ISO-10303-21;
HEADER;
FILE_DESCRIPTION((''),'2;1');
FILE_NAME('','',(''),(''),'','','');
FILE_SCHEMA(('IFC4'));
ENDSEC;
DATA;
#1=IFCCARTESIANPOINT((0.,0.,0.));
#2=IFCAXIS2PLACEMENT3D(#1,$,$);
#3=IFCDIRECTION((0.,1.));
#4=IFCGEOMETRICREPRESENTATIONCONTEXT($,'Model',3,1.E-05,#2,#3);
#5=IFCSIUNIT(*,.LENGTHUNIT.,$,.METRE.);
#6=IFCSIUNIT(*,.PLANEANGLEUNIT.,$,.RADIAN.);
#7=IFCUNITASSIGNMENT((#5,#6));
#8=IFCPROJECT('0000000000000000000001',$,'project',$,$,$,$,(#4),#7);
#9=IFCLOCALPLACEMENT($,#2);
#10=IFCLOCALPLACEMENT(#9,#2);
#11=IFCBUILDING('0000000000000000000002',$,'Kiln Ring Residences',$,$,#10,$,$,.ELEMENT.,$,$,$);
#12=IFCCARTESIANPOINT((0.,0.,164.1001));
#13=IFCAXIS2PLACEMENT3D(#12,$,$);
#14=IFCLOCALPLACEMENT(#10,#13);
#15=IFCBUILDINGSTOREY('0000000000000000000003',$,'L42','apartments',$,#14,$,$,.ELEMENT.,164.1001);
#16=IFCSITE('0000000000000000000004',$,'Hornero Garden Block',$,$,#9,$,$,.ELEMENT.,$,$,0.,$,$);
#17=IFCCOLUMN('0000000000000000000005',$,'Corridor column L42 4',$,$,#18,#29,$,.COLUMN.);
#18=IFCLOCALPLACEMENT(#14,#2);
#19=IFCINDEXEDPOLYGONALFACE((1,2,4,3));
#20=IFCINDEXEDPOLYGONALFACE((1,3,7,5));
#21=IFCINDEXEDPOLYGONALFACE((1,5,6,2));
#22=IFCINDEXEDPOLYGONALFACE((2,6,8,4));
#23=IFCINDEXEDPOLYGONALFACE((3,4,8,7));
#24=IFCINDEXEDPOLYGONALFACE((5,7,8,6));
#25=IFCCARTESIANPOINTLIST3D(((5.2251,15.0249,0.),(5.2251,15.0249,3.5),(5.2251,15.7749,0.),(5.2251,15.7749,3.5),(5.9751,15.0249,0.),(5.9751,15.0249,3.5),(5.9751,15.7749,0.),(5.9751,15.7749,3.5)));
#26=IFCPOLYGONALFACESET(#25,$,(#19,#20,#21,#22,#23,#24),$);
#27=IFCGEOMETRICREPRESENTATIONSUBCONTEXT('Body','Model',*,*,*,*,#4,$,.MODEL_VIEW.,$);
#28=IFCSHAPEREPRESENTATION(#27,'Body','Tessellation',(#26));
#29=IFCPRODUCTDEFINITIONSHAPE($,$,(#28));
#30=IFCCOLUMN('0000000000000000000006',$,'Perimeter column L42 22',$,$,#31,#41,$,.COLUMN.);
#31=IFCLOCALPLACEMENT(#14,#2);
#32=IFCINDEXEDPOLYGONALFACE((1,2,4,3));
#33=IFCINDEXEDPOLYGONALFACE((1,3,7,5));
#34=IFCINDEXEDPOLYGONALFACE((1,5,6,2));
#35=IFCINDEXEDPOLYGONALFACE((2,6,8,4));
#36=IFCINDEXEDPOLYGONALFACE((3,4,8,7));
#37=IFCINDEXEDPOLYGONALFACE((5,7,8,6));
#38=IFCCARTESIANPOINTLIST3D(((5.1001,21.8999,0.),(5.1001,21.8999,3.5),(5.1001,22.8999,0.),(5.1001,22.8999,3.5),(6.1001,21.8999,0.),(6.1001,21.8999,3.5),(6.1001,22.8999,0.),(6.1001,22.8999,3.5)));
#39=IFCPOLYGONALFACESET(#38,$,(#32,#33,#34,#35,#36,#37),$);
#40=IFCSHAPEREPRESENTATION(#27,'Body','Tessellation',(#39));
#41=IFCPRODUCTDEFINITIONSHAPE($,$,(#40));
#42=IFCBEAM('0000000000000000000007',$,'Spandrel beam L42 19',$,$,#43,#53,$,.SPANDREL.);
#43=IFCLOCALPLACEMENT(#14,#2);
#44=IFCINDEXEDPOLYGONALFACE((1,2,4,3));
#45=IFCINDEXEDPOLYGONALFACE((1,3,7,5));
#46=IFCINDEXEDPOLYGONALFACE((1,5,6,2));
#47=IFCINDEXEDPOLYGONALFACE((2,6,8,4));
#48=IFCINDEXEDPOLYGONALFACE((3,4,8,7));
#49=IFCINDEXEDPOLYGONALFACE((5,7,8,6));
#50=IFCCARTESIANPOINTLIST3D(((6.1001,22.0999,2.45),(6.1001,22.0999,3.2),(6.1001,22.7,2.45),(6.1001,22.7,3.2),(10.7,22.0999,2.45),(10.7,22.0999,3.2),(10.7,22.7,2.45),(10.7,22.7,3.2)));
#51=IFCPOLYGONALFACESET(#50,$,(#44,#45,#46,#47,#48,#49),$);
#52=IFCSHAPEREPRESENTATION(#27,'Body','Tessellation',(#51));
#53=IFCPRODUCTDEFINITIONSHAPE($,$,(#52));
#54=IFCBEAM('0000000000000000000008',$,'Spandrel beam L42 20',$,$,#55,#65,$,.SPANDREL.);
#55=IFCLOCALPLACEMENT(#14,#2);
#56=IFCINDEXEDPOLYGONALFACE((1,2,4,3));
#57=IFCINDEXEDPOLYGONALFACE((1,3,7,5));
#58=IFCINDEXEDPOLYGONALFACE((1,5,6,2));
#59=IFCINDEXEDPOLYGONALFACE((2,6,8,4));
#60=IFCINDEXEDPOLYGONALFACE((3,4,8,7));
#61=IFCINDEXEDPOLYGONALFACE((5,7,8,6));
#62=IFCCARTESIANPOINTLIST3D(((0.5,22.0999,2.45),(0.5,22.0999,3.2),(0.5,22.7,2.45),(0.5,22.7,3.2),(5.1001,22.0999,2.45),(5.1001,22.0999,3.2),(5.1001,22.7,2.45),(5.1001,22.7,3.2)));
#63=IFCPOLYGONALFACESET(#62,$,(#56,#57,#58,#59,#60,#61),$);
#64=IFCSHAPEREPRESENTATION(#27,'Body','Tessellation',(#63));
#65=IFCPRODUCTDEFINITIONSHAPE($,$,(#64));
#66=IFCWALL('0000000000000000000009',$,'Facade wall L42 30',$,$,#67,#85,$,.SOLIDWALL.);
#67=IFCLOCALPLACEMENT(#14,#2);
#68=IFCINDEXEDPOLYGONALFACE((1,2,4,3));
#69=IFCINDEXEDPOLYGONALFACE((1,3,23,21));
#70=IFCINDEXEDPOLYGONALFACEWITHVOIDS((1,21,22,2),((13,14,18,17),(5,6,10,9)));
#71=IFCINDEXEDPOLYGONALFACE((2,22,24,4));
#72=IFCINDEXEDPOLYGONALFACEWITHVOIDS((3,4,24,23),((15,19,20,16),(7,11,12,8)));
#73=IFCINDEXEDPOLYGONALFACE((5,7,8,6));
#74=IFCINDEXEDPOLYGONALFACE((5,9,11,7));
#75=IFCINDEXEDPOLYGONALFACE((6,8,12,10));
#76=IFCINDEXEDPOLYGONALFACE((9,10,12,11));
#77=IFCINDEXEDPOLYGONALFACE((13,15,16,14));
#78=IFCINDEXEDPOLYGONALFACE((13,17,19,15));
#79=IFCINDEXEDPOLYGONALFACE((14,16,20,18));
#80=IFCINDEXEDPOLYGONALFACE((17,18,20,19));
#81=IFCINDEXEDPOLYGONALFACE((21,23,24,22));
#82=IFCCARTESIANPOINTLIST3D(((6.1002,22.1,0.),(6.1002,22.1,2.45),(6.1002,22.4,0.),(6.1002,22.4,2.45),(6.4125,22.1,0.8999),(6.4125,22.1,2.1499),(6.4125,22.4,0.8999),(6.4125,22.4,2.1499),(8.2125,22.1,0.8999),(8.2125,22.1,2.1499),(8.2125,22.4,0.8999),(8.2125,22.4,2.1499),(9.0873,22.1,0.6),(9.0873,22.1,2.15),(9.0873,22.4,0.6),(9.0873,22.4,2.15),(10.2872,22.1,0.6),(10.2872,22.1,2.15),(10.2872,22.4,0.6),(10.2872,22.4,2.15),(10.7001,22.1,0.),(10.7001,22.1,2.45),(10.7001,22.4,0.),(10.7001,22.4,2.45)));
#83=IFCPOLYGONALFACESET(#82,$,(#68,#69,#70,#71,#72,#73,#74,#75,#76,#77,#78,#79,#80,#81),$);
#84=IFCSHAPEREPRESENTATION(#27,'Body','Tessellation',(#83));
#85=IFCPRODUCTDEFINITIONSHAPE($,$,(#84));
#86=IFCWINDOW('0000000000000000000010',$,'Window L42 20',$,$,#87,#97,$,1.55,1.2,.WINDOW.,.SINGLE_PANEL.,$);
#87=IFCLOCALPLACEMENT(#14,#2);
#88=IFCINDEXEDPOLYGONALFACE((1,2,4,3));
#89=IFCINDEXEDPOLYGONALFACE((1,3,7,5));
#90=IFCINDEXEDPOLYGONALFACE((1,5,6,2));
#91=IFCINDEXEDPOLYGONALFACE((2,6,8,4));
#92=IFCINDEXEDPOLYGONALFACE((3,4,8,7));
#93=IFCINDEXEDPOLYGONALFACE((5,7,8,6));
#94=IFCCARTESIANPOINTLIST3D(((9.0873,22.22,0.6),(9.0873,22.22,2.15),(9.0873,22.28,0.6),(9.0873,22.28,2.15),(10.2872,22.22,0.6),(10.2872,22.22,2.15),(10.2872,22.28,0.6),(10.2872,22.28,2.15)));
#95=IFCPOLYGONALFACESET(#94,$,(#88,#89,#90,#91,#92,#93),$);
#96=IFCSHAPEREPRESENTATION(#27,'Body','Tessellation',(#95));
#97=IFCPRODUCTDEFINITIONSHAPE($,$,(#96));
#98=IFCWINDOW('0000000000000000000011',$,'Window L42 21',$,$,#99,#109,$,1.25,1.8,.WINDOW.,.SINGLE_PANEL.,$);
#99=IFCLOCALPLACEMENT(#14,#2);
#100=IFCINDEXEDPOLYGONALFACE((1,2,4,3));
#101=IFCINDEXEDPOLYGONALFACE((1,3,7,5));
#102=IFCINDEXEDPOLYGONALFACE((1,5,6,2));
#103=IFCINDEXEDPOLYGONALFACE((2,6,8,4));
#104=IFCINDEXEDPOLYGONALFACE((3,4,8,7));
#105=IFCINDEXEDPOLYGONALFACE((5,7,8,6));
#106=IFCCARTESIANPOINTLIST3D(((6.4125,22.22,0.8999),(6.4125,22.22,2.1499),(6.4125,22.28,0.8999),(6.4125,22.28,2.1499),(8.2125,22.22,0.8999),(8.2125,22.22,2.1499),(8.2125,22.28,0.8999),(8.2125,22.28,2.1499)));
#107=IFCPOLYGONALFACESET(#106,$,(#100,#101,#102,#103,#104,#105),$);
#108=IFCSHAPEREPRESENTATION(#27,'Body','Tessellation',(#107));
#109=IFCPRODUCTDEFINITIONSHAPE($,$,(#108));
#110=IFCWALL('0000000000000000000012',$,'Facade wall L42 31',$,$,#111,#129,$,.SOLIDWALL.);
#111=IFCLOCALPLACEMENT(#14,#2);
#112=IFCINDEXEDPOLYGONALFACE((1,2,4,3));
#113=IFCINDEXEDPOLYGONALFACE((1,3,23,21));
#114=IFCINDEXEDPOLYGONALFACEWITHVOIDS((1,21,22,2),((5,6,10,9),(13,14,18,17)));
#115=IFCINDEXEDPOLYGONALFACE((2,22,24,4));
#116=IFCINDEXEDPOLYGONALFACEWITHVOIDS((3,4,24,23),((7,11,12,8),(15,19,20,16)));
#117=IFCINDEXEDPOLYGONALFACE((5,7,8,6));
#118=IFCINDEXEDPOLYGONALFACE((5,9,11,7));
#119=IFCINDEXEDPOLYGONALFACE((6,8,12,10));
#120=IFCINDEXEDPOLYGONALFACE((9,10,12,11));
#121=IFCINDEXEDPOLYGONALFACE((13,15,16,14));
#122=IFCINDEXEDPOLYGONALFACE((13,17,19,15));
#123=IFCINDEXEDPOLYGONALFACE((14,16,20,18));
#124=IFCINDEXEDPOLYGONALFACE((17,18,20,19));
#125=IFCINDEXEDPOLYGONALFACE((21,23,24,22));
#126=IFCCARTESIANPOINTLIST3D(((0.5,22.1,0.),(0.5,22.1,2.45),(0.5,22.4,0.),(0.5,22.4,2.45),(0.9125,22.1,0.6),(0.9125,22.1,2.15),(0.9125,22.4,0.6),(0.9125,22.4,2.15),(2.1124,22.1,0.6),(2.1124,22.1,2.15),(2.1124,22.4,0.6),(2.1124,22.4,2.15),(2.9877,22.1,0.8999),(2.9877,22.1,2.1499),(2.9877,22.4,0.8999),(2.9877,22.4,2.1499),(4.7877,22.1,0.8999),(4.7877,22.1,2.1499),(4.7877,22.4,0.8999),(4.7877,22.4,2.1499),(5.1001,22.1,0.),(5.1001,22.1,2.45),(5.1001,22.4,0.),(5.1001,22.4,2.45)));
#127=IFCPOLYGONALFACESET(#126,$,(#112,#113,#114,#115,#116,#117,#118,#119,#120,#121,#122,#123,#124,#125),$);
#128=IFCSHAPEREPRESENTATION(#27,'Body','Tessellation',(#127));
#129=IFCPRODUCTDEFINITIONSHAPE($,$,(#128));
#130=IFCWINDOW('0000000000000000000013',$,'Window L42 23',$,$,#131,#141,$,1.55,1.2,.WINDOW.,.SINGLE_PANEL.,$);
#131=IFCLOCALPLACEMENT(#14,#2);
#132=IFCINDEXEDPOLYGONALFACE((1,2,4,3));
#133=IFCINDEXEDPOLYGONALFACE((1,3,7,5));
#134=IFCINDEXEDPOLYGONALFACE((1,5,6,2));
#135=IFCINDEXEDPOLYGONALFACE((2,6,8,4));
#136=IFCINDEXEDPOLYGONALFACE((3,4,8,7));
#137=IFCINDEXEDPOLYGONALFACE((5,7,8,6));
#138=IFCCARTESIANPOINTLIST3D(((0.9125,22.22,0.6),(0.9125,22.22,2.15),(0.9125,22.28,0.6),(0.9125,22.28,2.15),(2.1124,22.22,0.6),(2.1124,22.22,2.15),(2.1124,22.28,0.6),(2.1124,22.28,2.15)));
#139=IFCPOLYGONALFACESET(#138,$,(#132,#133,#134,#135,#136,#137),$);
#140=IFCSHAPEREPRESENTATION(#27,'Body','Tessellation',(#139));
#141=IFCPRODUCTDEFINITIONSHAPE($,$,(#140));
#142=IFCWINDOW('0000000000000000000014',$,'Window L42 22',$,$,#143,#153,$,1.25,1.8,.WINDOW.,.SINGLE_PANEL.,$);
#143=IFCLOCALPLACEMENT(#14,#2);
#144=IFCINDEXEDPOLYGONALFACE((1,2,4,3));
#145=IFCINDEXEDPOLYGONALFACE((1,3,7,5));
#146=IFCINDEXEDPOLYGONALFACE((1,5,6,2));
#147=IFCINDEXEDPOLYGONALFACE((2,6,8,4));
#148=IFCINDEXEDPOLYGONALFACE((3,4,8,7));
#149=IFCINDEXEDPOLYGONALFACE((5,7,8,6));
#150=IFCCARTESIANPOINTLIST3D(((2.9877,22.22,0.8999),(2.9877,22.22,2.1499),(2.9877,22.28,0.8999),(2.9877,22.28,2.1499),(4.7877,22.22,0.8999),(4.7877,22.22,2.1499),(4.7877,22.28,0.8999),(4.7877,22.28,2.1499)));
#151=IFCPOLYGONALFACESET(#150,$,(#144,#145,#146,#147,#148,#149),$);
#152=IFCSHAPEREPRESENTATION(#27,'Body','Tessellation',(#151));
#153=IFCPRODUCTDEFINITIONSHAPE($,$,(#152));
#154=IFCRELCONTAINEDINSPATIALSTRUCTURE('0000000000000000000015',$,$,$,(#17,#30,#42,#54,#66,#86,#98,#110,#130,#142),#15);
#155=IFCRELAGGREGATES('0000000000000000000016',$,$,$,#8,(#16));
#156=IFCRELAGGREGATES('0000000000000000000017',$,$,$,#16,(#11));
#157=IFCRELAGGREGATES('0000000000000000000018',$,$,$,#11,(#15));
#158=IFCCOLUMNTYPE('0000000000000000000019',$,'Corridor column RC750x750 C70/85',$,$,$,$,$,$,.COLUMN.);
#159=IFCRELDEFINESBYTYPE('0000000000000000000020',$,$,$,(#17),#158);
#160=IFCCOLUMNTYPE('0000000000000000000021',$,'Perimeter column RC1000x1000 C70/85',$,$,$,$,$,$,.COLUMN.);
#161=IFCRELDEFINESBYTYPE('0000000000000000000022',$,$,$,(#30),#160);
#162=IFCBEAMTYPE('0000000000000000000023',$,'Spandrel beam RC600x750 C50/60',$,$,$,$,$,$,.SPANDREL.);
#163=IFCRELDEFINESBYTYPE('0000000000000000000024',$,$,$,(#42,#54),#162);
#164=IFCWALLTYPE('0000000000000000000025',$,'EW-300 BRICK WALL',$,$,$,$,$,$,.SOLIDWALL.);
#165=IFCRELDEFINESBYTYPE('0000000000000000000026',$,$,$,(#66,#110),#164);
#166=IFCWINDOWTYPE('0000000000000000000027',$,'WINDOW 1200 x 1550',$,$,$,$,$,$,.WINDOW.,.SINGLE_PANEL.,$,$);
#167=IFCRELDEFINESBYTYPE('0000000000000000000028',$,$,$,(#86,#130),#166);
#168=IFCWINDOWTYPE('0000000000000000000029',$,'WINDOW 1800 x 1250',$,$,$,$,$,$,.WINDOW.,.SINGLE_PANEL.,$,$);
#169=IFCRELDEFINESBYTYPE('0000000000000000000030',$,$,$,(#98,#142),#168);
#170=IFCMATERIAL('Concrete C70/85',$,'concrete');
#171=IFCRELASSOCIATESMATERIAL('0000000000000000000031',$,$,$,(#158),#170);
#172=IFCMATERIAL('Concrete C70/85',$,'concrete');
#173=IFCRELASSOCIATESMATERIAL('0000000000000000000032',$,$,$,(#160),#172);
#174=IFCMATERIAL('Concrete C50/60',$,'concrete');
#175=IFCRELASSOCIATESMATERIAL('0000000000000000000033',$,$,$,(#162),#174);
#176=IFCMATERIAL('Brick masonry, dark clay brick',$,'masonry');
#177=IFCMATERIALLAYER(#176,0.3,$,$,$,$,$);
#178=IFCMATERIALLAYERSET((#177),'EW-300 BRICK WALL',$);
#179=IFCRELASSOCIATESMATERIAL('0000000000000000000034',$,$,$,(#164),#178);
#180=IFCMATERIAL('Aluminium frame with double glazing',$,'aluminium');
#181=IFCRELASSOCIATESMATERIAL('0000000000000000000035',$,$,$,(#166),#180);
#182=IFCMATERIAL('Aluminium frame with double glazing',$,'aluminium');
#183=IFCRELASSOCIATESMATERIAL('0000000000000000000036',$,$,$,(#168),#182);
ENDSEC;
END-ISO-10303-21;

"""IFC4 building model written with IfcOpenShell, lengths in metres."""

from ifc_helpers import new_model, si_unit, direction, frame, frame_2d, origin, origin_2d, place, context, subcontext, project, spatial, rectangle, extrude, material, layer, layer_set, material_profile, profile_set, type_object, element, fill, save


model = new_model("IFC4")

# Units and contexts
model_context = context("Model", 3, precision=1e-05, world=origin(), true_north=direction((0.0, 1.0)))
body_context = subcontext(model_context, "Body", "Model", "MODEL_VIEW")
ifc_project = project(units=[si_unit("LENGTHUNIT", "METRE"), si_unit("PLANEANGLEUNIT", "RADIAN")], contexts=[model_context])

# Site, building, storey
site_placement = place(None, origin())
site = spatial("IfcSite", under=ifc_project, at=site_placement, Name="Hornero Garden Block", CompositionType="ELEMENT", RefElevation=0.0)
building_placement = place(site_placement, origin())
building = spatial("IfcBuilding", under=site, at=building_placement, Name="Kiln Ring Residences", CompositionType="ELEMENT")
storey_placement = place(building_placement, frame((0.0, 0.0, 164.1001)))
storey = spatial("IfcBuildingStorey", under=building, at=storey_placement, Name="L42", Description="apartments", CompositionType="ELEMENT", Elevation=164.1001)

# Columns
ifc_material_1 = material(Name="Concrete C70/85", Category="concrete")
ifc_material_profile_1 = material_profile(ifc_material_1, rectangle(XDim=0.75, YDim=0.75, at=origin_2d()), Name="RC750x750")
ifc_profile_set_1 = profile_set([ifc_material_profile_1], Name="Concrete C70/85")
column_type_1 = type_object("IfcColumnType", Name="Corridor column RC750x750 C70/85", PredefinedType="COLUMN", material=ifc_profile_set_1)
column_1_placement = place(storey_placement, frame((5.6001, 15.3999, 0.0), z_axis=(0.0, 0.0, 1.0), x_axis=(1.0, 0.0, 0.0)))
element("IfcColumn", 1, at=column_1_placement, inside=storey, type_object=column_type_1, Name="Corridor column L42 4", PredefinedType="COLUMN", context=body_context, shape_type="SweptSolid", body=[
    extrude(rectangle(XDim=0.75, YDim=0.75, at=origin_2d()), origin(), (0.0, 0.0, 1.0), 3.5),
])
ifc_material_2 = material(Name="Concrete C70/85", Category="concrete")
ifc_material_profile_2 = material_profile(ifc_material_2, rectangle(XDim=1.0, YDim=1.0, at=origin_2d()), Name="RC1000x1000")
ifc_profile_set_2 = profile_set([ifc_material_profile_2], Name="Concrete C70/85")
column_type_2 = type_object("IfcColumnType", Name="Perimeter column RC1000x1000 C70/85", PredefinedType="COLUMN", material=ifc_profile_set_2)
column_2_placement = place(storey_placement, frame((5.6001, 22.3999, 0.0), z_axis=(0.0, 0.0, 1.0), x_axis=(1.0, 0.0, 0.0)))
element("IfcColumn", 2, at=column_2_placement, inside=storey, type_object=column_type_2, Name="Perimeter column L42 22", PredefinedType="COLUMN", context=body_context, shape_type="SweptSolid", body=[
    extrude(rectangle(XDim=1.0, YDim=1.0, at=origin_2d()), origin(), (0.0, 0.0, 1.0), 3.5),
])

# Beams
ifc_material_3 = material(Name="Concrete C50/60", Category="concrete")
ifc_material_profile_3 = material_profile(ifc_material_3, rectangle(XDim=0.6001, YDim=0.75, at=origin_2d()), Name="RC600x750")
ifc_profile_set_3 = profile_set([ifc_material_profile_3], Name="Concrete C50/60")
beam_type = type_object("IfcBeamType", Name="Spandrel beam RC600x750 C50/60", PredefinedType="SPANDREL", material=ifc_profile_set_3)
beam_1_placement = place(storey_placement, frame((10.7, 22.3999, 2.825), z_axis=(-1.0, 0.0, 0.0), x_axis=(0.0, -1.0, 0.0)))
element("IfcBeam", 3, at=beam_1_placement, inside=storey, type_object=beam_type, Name="Spandrel beam L42 19", PredefinedType="SPANDREL", context=body_context, shape_type="SweptSolid", body=[
    extrude(rectangle(XDim=0.6001, YDim=0.75, at=origin_2d()), origin(), (0.0, 0.0, 1.0), 4.5999),
])
beam_2_placement = place(storey_placement, frame((5.1001, 22.3999, 2.825), z_axis=(-1.0, 0.0, 0.0), x_axis=(0.0, -1.0, 0.0)))
element("IfcBeam", 4, at=beam_2_placement, inside=storey, type_object=beam_type, Name="Spandrel beam L42 20", PredefinedType="SPANDREL", context=body_context, shape_type="SweptSolid", body=[
    extrude(rectangle(XDim=0.6001, YDim=0.75, at=origin_2d()), origin(), (0.0, 0.0, 1.0), 4.6001),
])

# Walls, openings, windows
ifc_material_4 = material(Name="Brick masonry, dark clay brick", Category="masonry")
ifc_layer_1 = layer(ifc_material_4, 0.3)
ifc_layer_set_1 = layer_set([ifc_layer_1], Name="EW-300 BRICK WALL")
wall_type_1 = type_object("IfcWallType", Name="EW-300 BRICK WALL", PredefinedType="SOLIDWALL", material=ifc_layer_set_1)
wall_1_placement = place(storey_placement, frame((10.7, 22.25, 0.0), z_axis=(0.0, 0.0, 1.0), x_axis=(-1.0, 0.0, 0.0)))
wall_1 = element("IfcWall", 5, at=wall_1_placement, inside=storey, type_object=wall_type_1, Name="Facade wall L42 30", PredefinedType="SOLIDWALL", context=body_context, shape_type="SweptSolid", body=[
    extrude(rectangle(XDim=4.5999, YDim=0.3, at=frame_2d((2.2998, 0.0))), origin(), (0.0, 0.0, 1.0), 2.45),
])
opening_1_placement = place(wall_1_placement, frame((0.4126, 0.0, 0.6001)))
opening_1 = element("IfcOpeningElement", 6, at=opening_1_placement, cuts=wall_1, PredefinedType="OPENING", context=body_context, shape_type="SweptSolid", body=[
    extrude(rectangle(XDim=1.2, YDim=1.55, at=frame_2d((0.6001, 0.7749))), frame((0.0, 0.1599, 0.0), z_axis=(0.0, -1.0, 0.0), x_axis=(1.0, 0.0, 0.0)), (0.0, 0.0, 1.0), 0.3201),
])
opening_2_placement = place(wall_1_placement, frame((2.4875, 0.0, 0.8999)))
opening_2 = element("IfcOpeningElement", 7, at=opening_2_placement, cuts=wall_1, PredefinedType="OPENING", context=body_context, shape_type="SweptSolid", body=[
    extrude(rectangle(XDim=1.8, YDim=1.25, at=frame_2d((0.8999, 0.625))), frame((0.0, 0.1599, 0.0), z_axis=(0.0, -1.0, 0.0), x_axis=(1.0, 0.0, 0.0)), (0.0, 0.0, 1.0), 0.3201),
])
ifc_material_5 = material(Name="Aluminium frame with double glazing", Category="aluminium")
window_type_1 = type_object("IfcWindowType", Name="WINDOW 1200 x 1550", PartitioningType="SINGLE_PANEL", PredefinedType="WINDOW", material=ifc_material_5)
window_1_placement = place(opening_1_placement, origin())
window_1 = element("IfcWindow", 8, at=window_1_placement, inside=storey, type_object=window_type_1, Name="Window L42 20", OverallHeight=1.55, OverallWidth=1.2, PartitioningType="SINGLE_PANEL", PredefinedType="WINDOW", context=body_context, shape_type="SweptSolid", body=[
    extrude(rectangle(XDim=1.2, YDim=1.55, at=frame_2d((0.6001, 0.7749))), frame((0.0, 0.03, 0.0), z_axis=(0.0, -1.0, 0.0), x_axis=(1.0, 0.0, 0.0)), (0.0, 0.0, 1.0), 0.0601),
])
fill(opening_1, window_1)
ifc_material_6 = material(Name="Aluminium frame with double glazing", Category="aluminium")
window_type_2 = type_object("IfcWindowType", Name="WINDOW 1800 x 1250", PartitioningType="SINGLE_PANEL", PredefinedType="WINDOW", material=ifc_material_6)
window_2_placement = place(opening_2_placement, origin())
window_2 = element("IfcWindow", 9, at=window_2_placement, inside=storey, type_object=window_type_2, Name="Window L42 21", OverallHeight=1.25, OverallWidth=1.8, PartitioningType="SINGLE_PANEL", PredefinedType="WINDOW", context=body_context, shape_type="SweptSolid", body=[
    extrude(rectangle(XDim=1.8, YDim=1.25, at=frame_2d((0.8999, 0.625))), frame((0.0, 0.03, 0.0), z_axis=(0.0, -1.0, 0.0), x_axis=(1.0, 0.0, 0.0)), (0.0, 0.0, 1.0), 0.0601),
])
fill(opening_2, window_2)
wall_2_placement = place(storey_placement, frame((5.1001, 22.25, 0.0), z_axis=(0.0, 0.0, 1.0), x_axis=(-1.0, 0.0, 0.0)))
wall_2 = element("IfcWall", 10, at=wall_2_placement, inside=storey, type_object=wall_type_1, Name="Facade wall L42 31", PredefinedType="SOLIDWALL", context=body_context, shape_type="SweptSolid", body=[
    extrude(rectangle(XDim=4.6001, YDim=0.3, at=frame_2d((2.3, 0.0))), origin(), (0.0, 0.0, 1.0), 2.45),
])
opening_3_placement = place(wall_2_placement, frame((0.3125, 0.0, 0.8999)))
opening_3 = element("IfcOpeningElement", 11, at=opening_3_placement, cuts=wall_2, PredefinedType="OPENING", context=body_context, shape_type="SweptSolid", body=[
    extrude(rectangle(XDim=1.8, YDim=1.25, at=frame_2d((0.8999, 0.625))), frame((0.0, 0.1599, 0.0), z_axis=(0.0, -1.0, 0.0), x_axis=(1.0, 0.0, 0.0)), (0.0, 0.0, 1.0), 0.3201),
])
opening_4_placement = place(wall_2_placement, frame((2.9875, 0.0, 0.6001)))
opening_4 = element("IfcOpeningElement", 12, at=opening_4_placement, cuts=wall_2, PredefinedType="OPENING", context=body_context, shape_type="SweptSolid", body=[
    extrude(rectangle(XDim=1.2, YDim=1.55, at=frame_2d((0.6001, 0.7749))), frame((0.0, 0.1599, 0.0), z_axis=(0.0, -1.0, 0.0), x_axis=(1.0, 0.0, 0.0)), (0.0, 0.0, 1.0), 0.3201),
])
window_3_placement = place(opening_4_placement, origin())
window_3 = element("IfcWindow", 13, at=window_3_placement, inside=storey, type_object=window_type_1, Name="Window L42 23", OverallHeight=1.55, OverallWidth=1.2, PartitioningType="SINGLE_PANEL", PredefinedType="WINDOW", context=body_context, shape_type="SweptSolid", body=[
    extrude(rectangle(XDim=1.2, YDim=1.55, at=frame_2d((0.6001, 0.7749))), frame((0.0, 0.03, 0.0), z_axis=(0.0, -1.0, 0.0), x_axis=(1.0, 0.0, 0.0)), (0.0, 0.0, 1.0), 0.0601),
])
fill(opening_4, window_3)
window_4_placement = place(opening_3_placement, origin())
window_4 = element("IfcWindow", 14, at=window_4_placement, inside=storey, type_object=window_type_2, Name="Window L42 22", OverallHeight=1.25, OverallWidth=1.8, PartitioningType="SINGLE_PANEL", PredefinedType="WINDOW", context=body_context, shape_type="SweptSolid", body=[
    extrude(rectangle(XDim=1.8, YDim=1.25, at=frame_2d((0.8999, 0.625))), frame((0.0, 0.03, 0.0), z_axis=(0.0, -1.0, 0.0), x_axis=(1.0, 0.0, 0.0)), (0.0, 0.0, 1.0), 0.0601),
])
fill(opening_3, window_4)

save(model, "model.ifc")
